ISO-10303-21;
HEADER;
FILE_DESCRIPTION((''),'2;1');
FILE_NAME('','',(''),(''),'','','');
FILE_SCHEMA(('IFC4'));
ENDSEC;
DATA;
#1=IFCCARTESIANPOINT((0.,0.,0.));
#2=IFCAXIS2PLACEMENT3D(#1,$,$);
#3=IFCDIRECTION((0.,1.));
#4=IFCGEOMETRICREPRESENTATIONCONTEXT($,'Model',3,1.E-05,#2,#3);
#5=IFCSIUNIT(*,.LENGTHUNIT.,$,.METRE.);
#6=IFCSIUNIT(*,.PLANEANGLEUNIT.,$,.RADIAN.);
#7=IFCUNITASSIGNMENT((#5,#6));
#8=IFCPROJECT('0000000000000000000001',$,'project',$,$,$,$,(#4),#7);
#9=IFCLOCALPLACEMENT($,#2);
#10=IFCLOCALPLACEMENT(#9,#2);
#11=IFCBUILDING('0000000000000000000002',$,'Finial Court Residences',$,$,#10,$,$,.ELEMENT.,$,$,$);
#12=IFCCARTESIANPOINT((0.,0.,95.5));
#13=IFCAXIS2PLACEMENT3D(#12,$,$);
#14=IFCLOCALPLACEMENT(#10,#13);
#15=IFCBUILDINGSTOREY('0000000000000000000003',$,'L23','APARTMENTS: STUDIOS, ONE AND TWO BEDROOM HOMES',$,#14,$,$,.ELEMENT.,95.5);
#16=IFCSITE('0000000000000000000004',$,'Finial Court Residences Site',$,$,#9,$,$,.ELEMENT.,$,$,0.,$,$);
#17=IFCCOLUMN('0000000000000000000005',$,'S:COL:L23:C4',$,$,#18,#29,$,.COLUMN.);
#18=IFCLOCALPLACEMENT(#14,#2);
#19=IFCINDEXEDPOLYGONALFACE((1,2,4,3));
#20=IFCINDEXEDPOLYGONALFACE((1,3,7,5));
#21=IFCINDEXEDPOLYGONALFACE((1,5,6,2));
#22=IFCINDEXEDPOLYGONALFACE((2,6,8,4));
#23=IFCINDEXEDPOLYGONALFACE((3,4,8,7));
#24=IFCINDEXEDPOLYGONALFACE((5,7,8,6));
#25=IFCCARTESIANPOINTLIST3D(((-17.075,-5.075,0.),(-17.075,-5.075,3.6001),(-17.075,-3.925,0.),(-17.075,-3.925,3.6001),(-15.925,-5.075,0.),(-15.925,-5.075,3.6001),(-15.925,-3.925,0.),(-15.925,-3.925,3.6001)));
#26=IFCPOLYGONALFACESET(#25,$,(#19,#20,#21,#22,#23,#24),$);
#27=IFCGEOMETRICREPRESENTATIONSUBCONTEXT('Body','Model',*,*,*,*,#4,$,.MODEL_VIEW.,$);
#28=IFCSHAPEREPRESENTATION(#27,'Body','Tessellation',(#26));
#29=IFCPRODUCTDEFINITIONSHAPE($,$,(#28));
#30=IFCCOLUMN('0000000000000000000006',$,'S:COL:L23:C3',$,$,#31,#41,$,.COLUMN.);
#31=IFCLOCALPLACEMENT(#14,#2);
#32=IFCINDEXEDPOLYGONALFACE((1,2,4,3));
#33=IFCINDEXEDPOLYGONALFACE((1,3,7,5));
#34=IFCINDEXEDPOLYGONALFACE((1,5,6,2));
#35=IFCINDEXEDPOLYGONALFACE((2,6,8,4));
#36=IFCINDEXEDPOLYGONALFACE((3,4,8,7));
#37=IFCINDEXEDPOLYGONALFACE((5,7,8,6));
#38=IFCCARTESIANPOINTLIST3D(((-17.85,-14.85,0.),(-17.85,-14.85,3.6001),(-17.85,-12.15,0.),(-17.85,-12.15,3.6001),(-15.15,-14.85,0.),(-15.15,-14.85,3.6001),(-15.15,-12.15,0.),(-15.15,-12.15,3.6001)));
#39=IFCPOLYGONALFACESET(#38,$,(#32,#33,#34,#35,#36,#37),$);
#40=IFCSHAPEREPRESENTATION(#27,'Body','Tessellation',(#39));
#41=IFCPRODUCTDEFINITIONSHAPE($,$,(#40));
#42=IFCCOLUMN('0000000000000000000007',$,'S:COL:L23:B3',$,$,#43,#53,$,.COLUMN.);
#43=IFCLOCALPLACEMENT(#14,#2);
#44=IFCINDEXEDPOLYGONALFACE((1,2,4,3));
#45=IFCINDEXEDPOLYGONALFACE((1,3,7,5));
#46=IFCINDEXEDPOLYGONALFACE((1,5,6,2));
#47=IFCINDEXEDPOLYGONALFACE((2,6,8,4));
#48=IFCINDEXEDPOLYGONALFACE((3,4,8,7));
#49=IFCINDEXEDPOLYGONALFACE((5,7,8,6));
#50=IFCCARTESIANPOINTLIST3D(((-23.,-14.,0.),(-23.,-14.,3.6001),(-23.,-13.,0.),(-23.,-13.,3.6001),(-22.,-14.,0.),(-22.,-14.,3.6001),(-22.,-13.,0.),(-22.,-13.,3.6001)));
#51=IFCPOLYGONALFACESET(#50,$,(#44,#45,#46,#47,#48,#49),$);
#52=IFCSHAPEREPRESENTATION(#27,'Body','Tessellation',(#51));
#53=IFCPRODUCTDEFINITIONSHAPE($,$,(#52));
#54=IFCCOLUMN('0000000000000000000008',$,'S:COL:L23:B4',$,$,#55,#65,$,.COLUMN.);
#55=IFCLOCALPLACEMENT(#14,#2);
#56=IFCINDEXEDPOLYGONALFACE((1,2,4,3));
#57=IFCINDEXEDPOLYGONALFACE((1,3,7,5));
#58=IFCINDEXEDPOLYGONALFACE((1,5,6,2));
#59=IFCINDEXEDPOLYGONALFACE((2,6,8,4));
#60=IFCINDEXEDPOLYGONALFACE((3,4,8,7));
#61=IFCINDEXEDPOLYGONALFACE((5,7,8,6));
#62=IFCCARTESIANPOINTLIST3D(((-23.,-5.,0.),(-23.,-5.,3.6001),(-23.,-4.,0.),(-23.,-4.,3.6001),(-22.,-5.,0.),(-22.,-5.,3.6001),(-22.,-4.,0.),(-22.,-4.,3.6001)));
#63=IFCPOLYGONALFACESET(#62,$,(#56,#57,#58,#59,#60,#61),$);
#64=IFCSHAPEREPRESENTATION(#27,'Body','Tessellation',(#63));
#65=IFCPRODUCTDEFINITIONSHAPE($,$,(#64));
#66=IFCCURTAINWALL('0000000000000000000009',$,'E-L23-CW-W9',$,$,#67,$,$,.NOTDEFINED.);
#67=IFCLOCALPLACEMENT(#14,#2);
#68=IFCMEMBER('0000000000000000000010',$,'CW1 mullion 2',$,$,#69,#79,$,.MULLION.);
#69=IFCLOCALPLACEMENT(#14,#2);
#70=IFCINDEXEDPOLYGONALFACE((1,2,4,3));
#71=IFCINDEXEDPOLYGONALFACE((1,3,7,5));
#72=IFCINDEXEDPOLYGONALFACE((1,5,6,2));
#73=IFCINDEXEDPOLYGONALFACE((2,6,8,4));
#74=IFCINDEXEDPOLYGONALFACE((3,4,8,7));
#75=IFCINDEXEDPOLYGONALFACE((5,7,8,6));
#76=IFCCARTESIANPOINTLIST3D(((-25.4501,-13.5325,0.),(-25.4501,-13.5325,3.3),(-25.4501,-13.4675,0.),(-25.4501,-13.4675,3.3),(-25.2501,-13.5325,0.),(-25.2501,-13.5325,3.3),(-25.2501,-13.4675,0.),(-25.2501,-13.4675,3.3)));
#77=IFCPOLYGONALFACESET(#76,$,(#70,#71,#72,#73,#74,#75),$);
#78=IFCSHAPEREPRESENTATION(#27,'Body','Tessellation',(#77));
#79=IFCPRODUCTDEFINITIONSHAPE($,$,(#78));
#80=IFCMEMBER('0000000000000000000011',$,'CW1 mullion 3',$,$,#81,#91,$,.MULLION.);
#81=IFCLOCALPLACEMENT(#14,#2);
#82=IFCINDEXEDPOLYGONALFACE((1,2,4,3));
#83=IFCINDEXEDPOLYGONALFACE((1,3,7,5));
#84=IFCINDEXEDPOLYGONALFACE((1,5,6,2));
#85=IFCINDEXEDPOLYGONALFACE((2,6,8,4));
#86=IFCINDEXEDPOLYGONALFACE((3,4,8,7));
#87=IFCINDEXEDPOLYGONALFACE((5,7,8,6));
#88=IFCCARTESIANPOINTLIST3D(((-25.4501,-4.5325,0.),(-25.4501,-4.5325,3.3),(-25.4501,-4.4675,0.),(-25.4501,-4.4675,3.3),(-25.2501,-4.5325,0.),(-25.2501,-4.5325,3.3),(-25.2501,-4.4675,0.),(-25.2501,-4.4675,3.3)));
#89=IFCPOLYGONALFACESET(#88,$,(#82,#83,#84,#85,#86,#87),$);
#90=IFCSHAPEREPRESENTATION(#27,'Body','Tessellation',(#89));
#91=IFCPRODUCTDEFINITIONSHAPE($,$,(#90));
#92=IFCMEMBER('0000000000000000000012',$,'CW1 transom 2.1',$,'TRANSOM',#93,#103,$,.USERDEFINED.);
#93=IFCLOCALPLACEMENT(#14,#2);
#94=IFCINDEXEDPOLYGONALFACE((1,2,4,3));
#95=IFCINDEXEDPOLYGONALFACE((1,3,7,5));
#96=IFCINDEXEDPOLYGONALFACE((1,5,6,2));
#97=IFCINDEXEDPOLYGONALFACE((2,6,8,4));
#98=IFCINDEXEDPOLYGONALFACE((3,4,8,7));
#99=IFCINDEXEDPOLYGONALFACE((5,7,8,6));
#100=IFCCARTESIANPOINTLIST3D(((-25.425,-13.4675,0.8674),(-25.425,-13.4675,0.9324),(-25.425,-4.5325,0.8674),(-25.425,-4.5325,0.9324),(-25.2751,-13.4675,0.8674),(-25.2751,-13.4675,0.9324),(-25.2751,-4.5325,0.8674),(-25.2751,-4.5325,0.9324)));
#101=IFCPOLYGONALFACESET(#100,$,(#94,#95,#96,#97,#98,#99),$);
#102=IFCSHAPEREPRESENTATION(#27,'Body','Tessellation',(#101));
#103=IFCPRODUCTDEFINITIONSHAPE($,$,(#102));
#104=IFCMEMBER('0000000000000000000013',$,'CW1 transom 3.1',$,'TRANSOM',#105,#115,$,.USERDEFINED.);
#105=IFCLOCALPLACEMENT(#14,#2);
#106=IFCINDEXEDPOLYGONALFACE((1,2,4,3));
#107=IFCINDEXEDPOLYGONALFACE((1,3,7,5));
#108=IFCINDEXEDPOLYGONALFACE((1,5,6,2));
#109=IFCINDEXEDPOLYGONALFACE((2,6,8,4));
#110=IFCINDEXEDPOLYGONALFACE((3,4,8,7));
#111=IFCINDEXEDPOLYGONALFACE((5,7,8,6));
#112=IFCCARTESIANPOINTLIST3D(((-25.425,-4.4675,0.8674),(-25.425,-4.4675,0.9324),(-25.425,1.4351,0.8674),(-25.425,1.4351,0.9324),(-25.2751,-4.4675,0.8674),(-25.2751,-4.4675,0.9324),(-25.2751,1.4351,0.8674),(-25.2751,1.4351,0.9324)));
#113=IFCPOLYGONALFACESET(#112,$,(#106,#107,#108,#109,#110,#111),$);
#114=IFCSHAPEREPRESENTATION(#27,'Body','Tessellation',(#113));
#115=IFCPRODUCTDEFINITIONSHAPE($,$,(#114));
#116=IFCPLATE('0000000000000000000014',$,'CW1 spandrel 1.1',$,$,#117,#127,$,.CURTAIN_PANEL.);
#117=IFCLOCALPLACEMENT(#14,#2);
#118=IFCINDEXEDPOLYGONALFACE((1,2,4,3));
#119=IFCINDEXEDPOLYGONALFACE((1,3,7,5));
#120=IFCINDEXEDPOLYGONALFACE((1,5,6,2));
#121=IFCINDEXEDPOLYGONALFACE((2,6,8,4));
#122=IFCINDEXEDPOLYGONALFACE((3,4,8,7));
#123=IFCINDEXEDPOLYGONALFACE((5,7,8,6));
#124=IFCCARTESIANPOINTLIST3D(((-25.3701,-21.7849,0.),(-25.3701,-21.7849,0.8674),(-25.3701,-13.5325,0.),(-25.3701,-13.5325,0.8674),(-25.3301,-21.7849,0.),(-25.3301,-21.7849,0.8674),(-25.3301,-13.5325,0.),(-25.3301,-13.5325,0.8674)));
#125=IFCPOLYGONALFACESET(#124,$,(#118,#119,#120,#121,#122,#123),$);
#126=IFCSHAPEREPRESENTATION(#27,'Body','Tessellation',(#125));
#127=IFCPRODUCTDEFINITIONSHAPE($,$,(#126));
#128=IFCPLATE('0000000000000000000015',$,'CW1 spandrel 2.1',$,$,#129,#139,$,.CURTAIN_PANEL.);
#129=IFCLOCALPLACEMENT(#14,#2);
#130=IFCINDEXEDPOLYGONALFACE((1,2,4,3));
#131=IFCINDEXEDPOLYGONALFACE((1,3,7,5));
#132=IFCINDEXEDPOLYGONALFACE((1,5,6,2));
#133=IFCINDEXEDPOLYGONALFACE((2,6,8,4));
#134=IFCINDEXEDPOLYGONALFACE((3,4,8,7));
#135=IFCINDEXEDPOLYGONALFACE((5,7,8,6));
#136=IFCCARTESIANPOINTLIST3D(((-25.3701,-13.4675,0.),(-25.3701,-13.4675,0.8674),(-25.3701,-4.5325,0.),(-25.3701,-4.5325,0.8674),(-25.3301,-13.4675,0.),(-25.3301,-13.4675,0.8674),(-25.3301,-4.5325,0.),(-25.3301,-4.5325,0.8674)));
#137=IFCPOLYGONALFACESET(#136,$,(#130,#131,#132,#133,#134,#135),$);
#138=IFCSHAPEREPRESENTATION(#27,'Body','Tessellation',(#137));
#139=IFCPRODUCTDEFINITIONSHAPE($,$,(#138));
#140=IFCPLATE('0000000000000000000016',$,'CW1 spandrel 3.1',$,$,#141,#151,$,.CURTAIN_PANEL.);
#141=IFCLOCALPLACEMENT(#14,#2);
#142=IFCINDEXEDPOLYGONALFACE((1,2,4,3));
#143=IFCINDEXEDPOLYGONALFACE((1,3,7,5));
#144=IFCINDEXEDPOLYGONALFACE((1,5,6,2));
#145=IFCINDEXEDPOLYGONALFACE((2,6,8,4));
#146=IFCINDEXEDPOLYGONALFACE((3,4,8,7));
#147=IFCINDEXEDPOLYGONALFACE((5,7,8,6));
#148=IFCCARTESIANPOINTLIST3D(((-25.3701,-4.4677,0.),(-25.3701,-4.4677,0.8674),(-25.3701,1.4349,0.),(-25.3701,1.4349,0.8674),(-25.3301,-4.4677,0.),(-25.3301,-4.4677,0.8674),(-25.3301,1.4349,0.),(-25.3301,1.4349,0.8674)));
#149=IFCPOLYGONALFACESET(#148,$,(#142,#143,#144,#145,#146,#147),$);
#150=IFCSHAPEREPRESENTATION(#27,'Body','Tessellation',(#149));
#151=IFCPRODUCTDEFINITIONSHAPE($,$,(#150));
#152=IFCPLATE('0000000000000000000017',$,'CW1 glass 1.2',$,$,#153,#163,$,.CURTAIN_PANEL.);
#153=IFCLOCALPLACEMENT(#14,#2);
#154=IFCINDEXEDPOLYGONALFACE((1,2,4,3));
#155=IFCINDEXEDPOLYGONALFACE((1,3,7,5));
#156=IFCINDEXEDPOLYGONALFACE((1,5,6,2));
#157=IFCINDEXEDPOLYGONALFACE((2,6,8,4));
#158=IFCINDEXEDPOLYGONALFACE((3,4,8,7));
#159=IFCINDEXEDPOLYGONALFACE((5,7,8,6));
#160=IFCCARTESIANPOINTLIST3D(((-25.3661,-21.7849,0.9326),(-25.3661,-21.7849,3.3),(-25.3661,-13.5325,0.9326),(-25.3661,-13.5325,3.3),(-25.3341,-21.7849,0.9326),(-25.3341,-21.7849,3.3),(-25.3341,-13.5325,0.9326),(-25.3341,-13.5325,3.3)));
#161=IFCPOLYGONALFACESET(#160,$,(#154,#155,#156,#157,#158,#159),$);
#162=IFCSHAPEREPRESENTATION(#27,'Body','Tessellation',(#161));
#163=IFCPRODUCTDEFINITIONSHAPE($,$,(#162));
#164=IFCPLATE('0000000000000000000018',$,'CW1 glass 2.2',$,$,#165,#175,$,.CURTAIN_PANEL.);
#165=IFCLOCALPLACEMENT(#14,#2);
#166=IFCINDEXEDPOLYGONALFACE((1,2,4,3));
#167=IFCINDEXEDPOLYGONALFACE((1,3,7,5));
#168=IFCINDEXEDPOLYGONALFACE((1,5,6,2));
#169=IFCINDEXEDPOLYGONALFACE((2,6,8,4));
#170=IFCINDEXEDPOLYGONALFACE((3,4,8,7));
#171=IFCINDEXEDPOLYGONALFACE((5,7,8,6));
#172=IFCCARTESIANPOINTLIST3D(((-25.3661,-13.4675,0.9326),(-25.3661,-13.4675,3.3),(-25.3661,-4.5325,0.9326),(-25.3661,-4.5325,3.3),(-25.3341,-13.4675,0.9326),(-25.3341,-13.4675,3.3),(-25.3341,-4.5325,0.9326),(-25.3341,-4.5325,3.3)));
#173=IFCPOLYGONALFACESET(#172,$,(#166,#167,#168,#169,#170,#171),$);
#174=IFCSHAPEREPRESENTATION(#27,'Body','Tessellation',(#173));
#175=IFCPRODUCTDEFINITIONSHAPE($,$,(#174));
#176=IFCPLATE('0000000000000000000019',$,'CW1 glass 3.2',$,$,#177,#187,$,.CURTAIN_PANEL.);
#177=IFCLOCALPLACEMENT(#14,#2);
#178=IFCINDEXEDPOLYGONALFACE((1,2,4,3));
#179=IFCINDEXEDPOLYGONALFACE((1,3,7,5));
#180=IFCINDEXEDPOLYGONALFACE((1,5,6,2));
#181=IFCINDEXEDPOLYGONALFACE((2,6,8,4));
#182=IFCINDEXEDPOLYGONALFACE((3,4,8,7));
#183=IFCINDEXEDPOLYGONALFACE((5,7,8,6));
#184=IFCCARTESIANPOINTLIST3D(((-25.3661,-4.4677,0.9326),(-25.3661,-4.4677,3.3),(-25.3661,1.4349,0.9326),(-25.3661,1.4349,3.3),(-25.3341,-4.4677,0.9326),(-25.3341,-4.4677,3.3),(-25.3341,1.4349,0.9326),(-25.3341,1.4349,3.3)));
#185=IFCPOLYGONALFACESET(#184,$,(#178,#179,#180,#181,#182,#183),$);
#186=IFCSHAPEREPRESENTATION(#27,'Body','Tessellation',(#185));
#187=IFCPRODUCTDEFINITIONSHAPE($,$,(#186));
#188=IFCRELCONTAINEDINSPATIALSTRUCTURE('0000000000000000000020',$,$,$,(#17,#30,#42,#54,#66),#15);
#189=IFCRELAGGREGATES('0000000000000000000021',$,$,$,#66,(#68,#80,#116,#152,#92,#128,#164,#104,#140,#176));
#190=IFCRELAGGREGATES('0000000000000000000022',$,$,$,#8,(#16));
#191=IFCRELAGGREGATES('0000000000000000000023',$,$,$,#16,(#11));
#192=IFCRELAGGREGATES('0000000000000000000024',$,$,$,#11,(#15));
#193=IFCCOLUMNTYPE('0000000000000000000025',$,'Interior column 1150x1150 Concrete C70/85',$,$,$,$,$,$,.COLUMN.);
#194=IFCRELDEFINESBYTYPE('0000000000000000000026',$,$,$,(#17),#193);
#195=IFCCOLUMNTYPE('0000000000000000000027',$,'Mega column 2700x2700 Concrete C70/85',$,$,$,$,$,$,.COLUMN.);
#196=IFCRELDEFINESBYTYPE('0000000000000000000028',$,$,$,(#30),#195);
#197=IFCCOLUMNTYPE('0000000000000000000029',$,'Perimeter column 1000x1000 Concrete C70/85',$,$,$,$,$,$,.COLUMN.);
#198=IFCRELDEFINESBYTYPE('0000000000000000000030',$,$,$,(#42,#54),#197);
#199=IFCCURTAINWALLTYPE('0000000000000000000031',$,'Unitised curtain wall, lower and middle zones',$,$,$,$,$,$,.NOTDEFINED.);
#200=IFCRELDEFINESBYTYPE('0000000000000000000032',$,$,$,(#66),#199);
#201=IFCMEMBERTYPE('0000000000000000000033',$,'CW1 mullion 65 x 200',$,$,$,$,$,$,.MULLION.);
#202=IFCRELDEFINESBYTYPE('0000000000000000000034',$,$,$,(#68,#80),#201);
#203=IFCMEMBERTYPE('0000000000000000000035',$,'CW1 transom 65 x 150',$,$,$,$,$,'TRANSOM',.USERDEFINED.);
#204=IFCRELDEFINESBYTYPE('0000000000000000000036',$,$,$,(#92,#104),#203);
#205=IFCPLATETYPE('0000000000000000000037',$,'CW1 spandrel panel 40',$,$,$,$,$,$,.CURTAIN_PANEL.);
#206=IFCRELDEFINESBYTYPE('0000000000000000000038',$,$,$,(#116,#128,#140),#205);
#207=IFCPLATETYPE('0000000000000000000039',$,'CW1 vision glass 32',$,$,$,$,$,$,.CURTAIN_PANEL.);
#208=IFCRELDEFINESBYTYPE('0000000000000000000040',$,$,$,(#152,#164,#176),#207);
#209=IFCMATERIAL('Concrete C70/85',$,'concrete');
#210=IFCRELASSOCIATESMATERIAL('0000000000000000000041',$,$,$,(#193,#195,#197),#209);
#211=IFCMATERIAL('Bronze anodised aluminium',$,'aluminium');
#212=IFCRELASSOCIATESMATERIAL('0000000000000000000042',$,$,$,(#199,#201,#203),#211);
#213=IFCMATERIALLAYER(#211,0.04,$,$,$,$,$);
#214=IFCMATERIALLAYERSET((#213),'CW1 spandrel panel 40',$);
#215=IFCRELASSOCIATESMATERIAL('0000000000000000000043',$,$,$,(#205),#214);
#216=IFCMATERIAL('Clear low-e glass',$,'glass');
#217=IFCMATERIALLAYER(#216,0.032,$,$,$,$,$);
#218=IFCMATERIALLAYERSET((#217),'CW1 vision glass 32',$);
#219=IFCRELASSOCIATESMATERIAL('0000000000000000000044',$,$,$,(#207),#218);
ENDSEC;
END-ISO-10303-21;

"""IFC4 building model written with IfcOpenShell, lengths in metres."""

from ifc_helpers import new_model, si_unit, direction, frame, origin, origin_2d, place, context, subcontext, project, spatial, rectangle, extrude, material, layer, layer_set, material_profile, profile_set, type_object, element, aggregate, save


model = new_model("IFC4")

# Units and contexts
model_context = context("Model", 3, precision=1e-05, world=origin(), true_north=direction((0.0, 1.0)))
body_context = subcontext(model_context, "Body", "Model", "MODEL_VIEW")
ifc_project = project(units=[si_unit("LENGTHUNIT", "METRE"), si_unit("PLANEANGLEUNIT", "RADIAN")], contexts=[model_context])

# Site, building, storey
site_placement = place(None, origin())
site = spatial("IfcSite", under=ifc_project, at=site_placement, Name="Finial Court Residences Site", CompositionType="ELEMENT", RefElevation=0.0)
building_placement = place(site_placement, origin())
building = spatial("IfcBuilding", under=site, at=building_placement, Name="Finial Court Residences", CompositionType="ELEMENT")
storey_placement = place(building_placement, frame((0.0, 0.0, 95.5)))
storey = spatial("IfcBuildingStorey", under=building, at=storey_placement, Name="L23", Description="APARTMENTS: STUDIOS, ONE AND TWO BEDROOM HOMES", CompositionType="ELEMENT", Elevation=95.5)

# Columns
ifc_material_1 = material(Name="Concrete C70/85", Category="concrete")
ifc_material_profile_1 = material_profile(ifc_material_1, rectangle(XDim=1.1499, YDim=1.1499, at=origin_2d()), Name="1150x1150")
ifc_profile_set_1 = profile_set([ifc_material_profile_1], Name="Concrete C70/85")
column_type_1 = type_object("IfcColumnType", Name="Interior column 1150x1150 Concrete C70/85", PredefinedType="COLUMN", material=ifc_profile_set_1)
column_1_placement = place(storey_placement, frame((-16.5, -4.5, 0.0), z_axis=(0.0, 0.0, 1.0), x_axis=(1.0, 0.0, 0.0)))
element("IfcColumn", 1, at=column_1_placement, inside=storey, type_object=column_type_1, Name="S:COL:L23:C4", PredefinedType="COLUMN", context=body_context, shape_type="SweptSolid", body=[
    extrude(rectangle(XDim=1.1499, YDim=1.1499, at=origin_2d()), origin(), (0.0, 0.0, 1.0), 3.6001),
])
ifc_material_profile_2 = material_profile(ifc_material_1, rectangle(XDim=2.7, YDim=2.7, at=origin_2d()), Name="2700x2700")
ifc_profile_set_2 = profile_set([ifc_material_profile_2], Name="Concrete C70/85")
column_type_2 = type_object("IfcColumnType", Name="Mega column 2700x2700 Concrete C70/85", PredefinedType="COLUMN", material=ifc_profile_set_2)
column_2_placement = place(storey_placement, frame((-16.5, -13.5, 0.0), z_axis=(0.0, 0.0, 1.0), x_axis=(1.0, 0.0, 0.0)))
element("IfcColumn", 2, at=column_2_placement, inside=storey, type_object=column_type_2, Name="S:COL:L23:C3", PredefinedType="COLUMN", context=body_context, shape_type="SweptSolid", body=[
    extrude(rectangle(XDim=2.7, YDim=2.7, at=origin_2d()), origin(), (0.0, 0.0, 1.0), 3.6001),
])
ifc_material_profile_3 = material_profile(ifc_material_1, rectangle(XDim=1.0, YDim=1.0, at=origin_2d()), Name="1000x1000")
ifc_profile_set_3 = profile_set([ifc_material_profile_3], Name="Concrete C70/85")
column_type_3 = type_object("IfcColumnType", Name="Perimeter column 1000x1000 Concrete C70/85", PredefinedType="COLUMN", material=ifc_profile_set_3)
for number, where, z_axis, x_axis, name in (
    (3, (-22.5, -13.5, 0.0), (0.0, 0.0, 1.0), (1.0, 0.0, 0.0), "S:COL:L23:B3"),
    (4, (-22.5, -4.5, 0.0), (0.0, 0.0, 1.0), (1.0, 0.0, 0.0), "S:COL:L23:B4"),
):
    element("IfcColumn", number, at=place(storey_placement, frame(where, z_axis=z_axis, x_axis=x_axis)), inside=storey, type_object=column_type_3, Name=name, PredefinedType="COLUMN", context=body_context, shape_type="SweptSolid", body=[
        extrude(rectangle(XDim=1.0, YDim=1.0, at=origin_2d()), origin(), (0.0, 0.0, 1.0), 3.6001),
    ])

# Curtain wall, members, plates
ifc_material_2 = material(Name="Bronze anodised aluminium", Category="aluminium")
curtain_wall_type = type_object("IfcCurtainWallType", Name="Unitised curtain wall, lower and middle zones", PredefinedType="NOTDEFINED", material=ifc_material_2)
curtain_wall_placement = place(storey_placement, origin())
curtain_wall = element("IfcCurtainWall", 5, at=curtain_wall_placement, inside=storey, type_object=curtain_wall_type, Name="E-L23-CW-W9", PredefinedType="NOTDEFINED")
ifc_material_profile_4 = material_profile(ifc_material_2, rectangle(XDim=0.2, YDim=0.0649, at=origin_2d()), Name="CW1 mullion 65 x 200")
ifc_profile_set_4 = profile_set([ifc_material_profile_4], Name="Bronze anodised aluminium")
member_type_1 = type_object("IfcMemberType", Name="CW1 mullion 65 x 200", PredefinedType="MULLION", material=ifc_profile_set_4)
member_1_placement = place(storey_placement, frame((-25.3501, -13.5, 0.0), z_axis=(0.0, 0.0, 1.0), x_axis=(-1.0, 0.0, 0.0)))
member_1 = element("IfcMember", 6, at=member_1_placement, type_object=member_type_1, Name="CW1 mullion 2", PredefinedType="MULLION", context=body_context, shape_type="SweptSolid", body=[
    extrude(rectangle(XDim=0.2, YDim=0.0649, at=origin_2d()), origin(), (0.0, 0.0, 1.0), 3.3),
])
member_2_placement = place(storey_placement, frame((-25.3501, -4.5, 0.0), z_axis=(0.0, 0.0, 1.0), x_axis=(-1.0, 0.0, 0.0)))
member_2 = element("IfcMember", 7, at=member_2_placement, type_object=member_type_1, Name="CW1 mullion 3", PredefinedType="MULLION", context=body_context, shape_type="SweptSolid", body=[
    extrude(rectangle(XDim=0.2, YDim=0.0649, at=origin_2d()), origin(), (0.0, 0.0, 1.0), 3.3),
])
ifc_material_profile_5 = material_profile(ifc_material_2, rectangle(XDim=0.1499, YDim=0.0649, at=origin_2d()), Name="CW1 transom 65 x 150")
ifc_profile_set_5 = profile_set([ifc_material_profile_5], Name="Bronze anodised aluminium")
member_type_2 = type_object("IfcMemberType", Name="CW1 transom 65 x 150", ElementType="TRANSOM", PredefinedType="USERDEFINED", material=ifc_profile_set_5)
member_3_placement = place(storey_placement, frame((-25.3501, -13.4675, 0.8999), z_axis=(0.0, 1.0, 0.0), x_axis=(-1.0, 0.0, 0.0)))
member_3 = element("IfcMember", 8, at=member_3_placement, type_object=member_type_2, Name="CW1 transom 2.1", ObjectType="TRANSOM", PredefinedType="USERDEFINED", context=body_context, shape_type="SweptSolid", body=[
    extrude(rectangle(XDim=0.1499, YDim=0.0649, at=origin_2d()), origin(), (0.0, 0.0, 1.0), 8.9351),
])
member_4_placement = place(storey_placement, frame((-25.3501, -4.4675, 0.8999), z_axis=(0.0, 1.0, 0.0), x_axis=(-1.0, 0.0, 0.0)))
member_4 = element("IfcMember", 9, at=member_4_placement, type_object=member_type_2, Name="CW1 transom 3.1", ObjectType="TRANSOM", PredefinedType="USERDEFINED", context=body_context, shape_type="SweptSolid", body=[
    extrude(rectangle(XDim=0.1499, YDim=0.0649, at=origin_2d()), origin(), (0.0, 0.0, 1.0), 5.9026),
])
ifc_layer_1 = layer(ifc_material_2, 0.04)
ifc_layer_set_1 = layer_set([ifc_layer_1], Name="CW1 spandrel panel 40")
plate_type_1 = type_object("IfcPlateType", Name="CW1 spandrel panel 40", PredefinedType="CURTAIN_PANEL", material=ifc_layer_set_1)
plate_1_placement = place(storey_placement, frame((-25.3501, -17.6587, 0.0), z_axis=(0.0, 0.0, 1.0), x_axis=(0.0, 1.0, 0.0)))
plate_1 = element("IfcPlate", 10, at=plate_1_placement, type_object=plate_type_1, Name="CW1 spandrel 1.1", PredefinedType="CURTAIN_PANEL", context=body_context, shape_type="SweptSolid", body=[
    extrude(rectangle(XDim=8.2524, YDim=0.04, at=origin_2d()), origin(), (0.0, 0.0, 1.0), 0.8674),
])
plate_2_placement = place(storey_placement, frame((-25.3501, -9.0, 0.0), z_axis=(0.0, 0.0, 1.0), x_axis=(0.0, 1.0, 0.0)))
plate_2 = element("IfcPlate", 11, at=plate_2_placement, type_object=plate_type_1, Name="CW1 spandrel 2.1", PredefinedType="CURTAIN_PANEL", context=body_context, shape_type="SweptSolid", body=[
    extrude(rectangle(XDim=8.9351, YDim=0.04, at=origin_2d()), origin(), (0.0, 0.0, 1.0), 0.8674),
])
plate_3_placement = place(storey_placement, frame((-25.3501, -1.5164, 0.0), z_axis=(0.0, 0.0, 1.0), x_axis=(0.0, 1.0, 0.0)))
plate_3 = element("IfcPlate", 12, at=plate_3_placement, type_object=plate_type_1, Name="CW1 spandrel 3.1", PredefinedType="CURTAIN_PANEL", context=body_context, shape_type="SweptSolid", body=[
    extrude(rectangle(XDim=5.9026, YDim=0.04, at=origin_2d()), origin(), (0.0, 0.0, 1.0), 0.8674),
])
ifc_material_3 = material(Name="Clear low-e glass", Category="glass")
ifc_layer_2 = layer(ifc_material_3, 0.032)
ifc_layer_set_2 = layer_set([ifc_layer_2], Name="CW1 vision glass 32")
plate_type_2 = type_object("IfcPlateType", Name="CW1 vision glass 32", PredefinedType="CURTAIN_PANEL", material=ifc_layer_set_2)
plate_4_placement = place(storey_placement, frame((-25.3501, -17.6587, 0.9326), z_axis=(0.0, 0.0, 1.0), x_axis=(0.0, 1.0, 0.0)))
plate_4 = element("IfcPlate", 13, at=plate_4_placement, type_object=plate_type_2, Name="CW1 glass 1.2", PredefinedType="CURTAIN_PANEL", context=body_context, shape_type="SweptSolid", body=[
    extrude(rectangle(XDim=8.2524, YDim=0.032, at=origin_2d()), origin(), (0.0, 0.0, 1.0), 2.3674),
])
plate_5_placement = place(storey_placement, frame((-25.3501, -9.0, 0.9326), z_axis=(0.0, 0.0, 1.0), x_axis=(0.0, 1.0, 0.0)))
plate_5 = element("IfcPlate", 14, at=plate_5_placement, type_object=plate_type_2, Name="CW1 glass 2.2", PredefinedType="CURTAIN_PANEL", context=body_context, shape_type="SweptSolid", body=[
    extrude(rectangle(XDim=8.9351, YDim=0.032, at=origin_2d()), origin(), (0.0, 0.0, 1.0), 2.3674),
])
plate_6_placement = place(storey_placement, frame((-25.3501, -1.5164, 0.9326), z_axis=(0.0, 0.0, 1.0), x_axis=(0.0, 1.0, 0.0)))
plate_6 = element("IfcPlate", 15, at=plate_6_placement, type_object=plate_type_2, Name="CW1 glass 3.2", PredefinedType="CURTAIN_PANEL", context=body_context, shape_type="SweptSolid", body=[
    extrude(rectangle(XDim=5.9026, YDim=0.032, at=origin_2d()), origin(), (0.0, 0.0, 1.0), 2.3674),
])
aggregate(curtain_wall, [member_1, member_2, plate_1, plate_4, member_3, plate_2, plate_5, member_4, plate_3, plate_6])

save(model, "model.ifc")
